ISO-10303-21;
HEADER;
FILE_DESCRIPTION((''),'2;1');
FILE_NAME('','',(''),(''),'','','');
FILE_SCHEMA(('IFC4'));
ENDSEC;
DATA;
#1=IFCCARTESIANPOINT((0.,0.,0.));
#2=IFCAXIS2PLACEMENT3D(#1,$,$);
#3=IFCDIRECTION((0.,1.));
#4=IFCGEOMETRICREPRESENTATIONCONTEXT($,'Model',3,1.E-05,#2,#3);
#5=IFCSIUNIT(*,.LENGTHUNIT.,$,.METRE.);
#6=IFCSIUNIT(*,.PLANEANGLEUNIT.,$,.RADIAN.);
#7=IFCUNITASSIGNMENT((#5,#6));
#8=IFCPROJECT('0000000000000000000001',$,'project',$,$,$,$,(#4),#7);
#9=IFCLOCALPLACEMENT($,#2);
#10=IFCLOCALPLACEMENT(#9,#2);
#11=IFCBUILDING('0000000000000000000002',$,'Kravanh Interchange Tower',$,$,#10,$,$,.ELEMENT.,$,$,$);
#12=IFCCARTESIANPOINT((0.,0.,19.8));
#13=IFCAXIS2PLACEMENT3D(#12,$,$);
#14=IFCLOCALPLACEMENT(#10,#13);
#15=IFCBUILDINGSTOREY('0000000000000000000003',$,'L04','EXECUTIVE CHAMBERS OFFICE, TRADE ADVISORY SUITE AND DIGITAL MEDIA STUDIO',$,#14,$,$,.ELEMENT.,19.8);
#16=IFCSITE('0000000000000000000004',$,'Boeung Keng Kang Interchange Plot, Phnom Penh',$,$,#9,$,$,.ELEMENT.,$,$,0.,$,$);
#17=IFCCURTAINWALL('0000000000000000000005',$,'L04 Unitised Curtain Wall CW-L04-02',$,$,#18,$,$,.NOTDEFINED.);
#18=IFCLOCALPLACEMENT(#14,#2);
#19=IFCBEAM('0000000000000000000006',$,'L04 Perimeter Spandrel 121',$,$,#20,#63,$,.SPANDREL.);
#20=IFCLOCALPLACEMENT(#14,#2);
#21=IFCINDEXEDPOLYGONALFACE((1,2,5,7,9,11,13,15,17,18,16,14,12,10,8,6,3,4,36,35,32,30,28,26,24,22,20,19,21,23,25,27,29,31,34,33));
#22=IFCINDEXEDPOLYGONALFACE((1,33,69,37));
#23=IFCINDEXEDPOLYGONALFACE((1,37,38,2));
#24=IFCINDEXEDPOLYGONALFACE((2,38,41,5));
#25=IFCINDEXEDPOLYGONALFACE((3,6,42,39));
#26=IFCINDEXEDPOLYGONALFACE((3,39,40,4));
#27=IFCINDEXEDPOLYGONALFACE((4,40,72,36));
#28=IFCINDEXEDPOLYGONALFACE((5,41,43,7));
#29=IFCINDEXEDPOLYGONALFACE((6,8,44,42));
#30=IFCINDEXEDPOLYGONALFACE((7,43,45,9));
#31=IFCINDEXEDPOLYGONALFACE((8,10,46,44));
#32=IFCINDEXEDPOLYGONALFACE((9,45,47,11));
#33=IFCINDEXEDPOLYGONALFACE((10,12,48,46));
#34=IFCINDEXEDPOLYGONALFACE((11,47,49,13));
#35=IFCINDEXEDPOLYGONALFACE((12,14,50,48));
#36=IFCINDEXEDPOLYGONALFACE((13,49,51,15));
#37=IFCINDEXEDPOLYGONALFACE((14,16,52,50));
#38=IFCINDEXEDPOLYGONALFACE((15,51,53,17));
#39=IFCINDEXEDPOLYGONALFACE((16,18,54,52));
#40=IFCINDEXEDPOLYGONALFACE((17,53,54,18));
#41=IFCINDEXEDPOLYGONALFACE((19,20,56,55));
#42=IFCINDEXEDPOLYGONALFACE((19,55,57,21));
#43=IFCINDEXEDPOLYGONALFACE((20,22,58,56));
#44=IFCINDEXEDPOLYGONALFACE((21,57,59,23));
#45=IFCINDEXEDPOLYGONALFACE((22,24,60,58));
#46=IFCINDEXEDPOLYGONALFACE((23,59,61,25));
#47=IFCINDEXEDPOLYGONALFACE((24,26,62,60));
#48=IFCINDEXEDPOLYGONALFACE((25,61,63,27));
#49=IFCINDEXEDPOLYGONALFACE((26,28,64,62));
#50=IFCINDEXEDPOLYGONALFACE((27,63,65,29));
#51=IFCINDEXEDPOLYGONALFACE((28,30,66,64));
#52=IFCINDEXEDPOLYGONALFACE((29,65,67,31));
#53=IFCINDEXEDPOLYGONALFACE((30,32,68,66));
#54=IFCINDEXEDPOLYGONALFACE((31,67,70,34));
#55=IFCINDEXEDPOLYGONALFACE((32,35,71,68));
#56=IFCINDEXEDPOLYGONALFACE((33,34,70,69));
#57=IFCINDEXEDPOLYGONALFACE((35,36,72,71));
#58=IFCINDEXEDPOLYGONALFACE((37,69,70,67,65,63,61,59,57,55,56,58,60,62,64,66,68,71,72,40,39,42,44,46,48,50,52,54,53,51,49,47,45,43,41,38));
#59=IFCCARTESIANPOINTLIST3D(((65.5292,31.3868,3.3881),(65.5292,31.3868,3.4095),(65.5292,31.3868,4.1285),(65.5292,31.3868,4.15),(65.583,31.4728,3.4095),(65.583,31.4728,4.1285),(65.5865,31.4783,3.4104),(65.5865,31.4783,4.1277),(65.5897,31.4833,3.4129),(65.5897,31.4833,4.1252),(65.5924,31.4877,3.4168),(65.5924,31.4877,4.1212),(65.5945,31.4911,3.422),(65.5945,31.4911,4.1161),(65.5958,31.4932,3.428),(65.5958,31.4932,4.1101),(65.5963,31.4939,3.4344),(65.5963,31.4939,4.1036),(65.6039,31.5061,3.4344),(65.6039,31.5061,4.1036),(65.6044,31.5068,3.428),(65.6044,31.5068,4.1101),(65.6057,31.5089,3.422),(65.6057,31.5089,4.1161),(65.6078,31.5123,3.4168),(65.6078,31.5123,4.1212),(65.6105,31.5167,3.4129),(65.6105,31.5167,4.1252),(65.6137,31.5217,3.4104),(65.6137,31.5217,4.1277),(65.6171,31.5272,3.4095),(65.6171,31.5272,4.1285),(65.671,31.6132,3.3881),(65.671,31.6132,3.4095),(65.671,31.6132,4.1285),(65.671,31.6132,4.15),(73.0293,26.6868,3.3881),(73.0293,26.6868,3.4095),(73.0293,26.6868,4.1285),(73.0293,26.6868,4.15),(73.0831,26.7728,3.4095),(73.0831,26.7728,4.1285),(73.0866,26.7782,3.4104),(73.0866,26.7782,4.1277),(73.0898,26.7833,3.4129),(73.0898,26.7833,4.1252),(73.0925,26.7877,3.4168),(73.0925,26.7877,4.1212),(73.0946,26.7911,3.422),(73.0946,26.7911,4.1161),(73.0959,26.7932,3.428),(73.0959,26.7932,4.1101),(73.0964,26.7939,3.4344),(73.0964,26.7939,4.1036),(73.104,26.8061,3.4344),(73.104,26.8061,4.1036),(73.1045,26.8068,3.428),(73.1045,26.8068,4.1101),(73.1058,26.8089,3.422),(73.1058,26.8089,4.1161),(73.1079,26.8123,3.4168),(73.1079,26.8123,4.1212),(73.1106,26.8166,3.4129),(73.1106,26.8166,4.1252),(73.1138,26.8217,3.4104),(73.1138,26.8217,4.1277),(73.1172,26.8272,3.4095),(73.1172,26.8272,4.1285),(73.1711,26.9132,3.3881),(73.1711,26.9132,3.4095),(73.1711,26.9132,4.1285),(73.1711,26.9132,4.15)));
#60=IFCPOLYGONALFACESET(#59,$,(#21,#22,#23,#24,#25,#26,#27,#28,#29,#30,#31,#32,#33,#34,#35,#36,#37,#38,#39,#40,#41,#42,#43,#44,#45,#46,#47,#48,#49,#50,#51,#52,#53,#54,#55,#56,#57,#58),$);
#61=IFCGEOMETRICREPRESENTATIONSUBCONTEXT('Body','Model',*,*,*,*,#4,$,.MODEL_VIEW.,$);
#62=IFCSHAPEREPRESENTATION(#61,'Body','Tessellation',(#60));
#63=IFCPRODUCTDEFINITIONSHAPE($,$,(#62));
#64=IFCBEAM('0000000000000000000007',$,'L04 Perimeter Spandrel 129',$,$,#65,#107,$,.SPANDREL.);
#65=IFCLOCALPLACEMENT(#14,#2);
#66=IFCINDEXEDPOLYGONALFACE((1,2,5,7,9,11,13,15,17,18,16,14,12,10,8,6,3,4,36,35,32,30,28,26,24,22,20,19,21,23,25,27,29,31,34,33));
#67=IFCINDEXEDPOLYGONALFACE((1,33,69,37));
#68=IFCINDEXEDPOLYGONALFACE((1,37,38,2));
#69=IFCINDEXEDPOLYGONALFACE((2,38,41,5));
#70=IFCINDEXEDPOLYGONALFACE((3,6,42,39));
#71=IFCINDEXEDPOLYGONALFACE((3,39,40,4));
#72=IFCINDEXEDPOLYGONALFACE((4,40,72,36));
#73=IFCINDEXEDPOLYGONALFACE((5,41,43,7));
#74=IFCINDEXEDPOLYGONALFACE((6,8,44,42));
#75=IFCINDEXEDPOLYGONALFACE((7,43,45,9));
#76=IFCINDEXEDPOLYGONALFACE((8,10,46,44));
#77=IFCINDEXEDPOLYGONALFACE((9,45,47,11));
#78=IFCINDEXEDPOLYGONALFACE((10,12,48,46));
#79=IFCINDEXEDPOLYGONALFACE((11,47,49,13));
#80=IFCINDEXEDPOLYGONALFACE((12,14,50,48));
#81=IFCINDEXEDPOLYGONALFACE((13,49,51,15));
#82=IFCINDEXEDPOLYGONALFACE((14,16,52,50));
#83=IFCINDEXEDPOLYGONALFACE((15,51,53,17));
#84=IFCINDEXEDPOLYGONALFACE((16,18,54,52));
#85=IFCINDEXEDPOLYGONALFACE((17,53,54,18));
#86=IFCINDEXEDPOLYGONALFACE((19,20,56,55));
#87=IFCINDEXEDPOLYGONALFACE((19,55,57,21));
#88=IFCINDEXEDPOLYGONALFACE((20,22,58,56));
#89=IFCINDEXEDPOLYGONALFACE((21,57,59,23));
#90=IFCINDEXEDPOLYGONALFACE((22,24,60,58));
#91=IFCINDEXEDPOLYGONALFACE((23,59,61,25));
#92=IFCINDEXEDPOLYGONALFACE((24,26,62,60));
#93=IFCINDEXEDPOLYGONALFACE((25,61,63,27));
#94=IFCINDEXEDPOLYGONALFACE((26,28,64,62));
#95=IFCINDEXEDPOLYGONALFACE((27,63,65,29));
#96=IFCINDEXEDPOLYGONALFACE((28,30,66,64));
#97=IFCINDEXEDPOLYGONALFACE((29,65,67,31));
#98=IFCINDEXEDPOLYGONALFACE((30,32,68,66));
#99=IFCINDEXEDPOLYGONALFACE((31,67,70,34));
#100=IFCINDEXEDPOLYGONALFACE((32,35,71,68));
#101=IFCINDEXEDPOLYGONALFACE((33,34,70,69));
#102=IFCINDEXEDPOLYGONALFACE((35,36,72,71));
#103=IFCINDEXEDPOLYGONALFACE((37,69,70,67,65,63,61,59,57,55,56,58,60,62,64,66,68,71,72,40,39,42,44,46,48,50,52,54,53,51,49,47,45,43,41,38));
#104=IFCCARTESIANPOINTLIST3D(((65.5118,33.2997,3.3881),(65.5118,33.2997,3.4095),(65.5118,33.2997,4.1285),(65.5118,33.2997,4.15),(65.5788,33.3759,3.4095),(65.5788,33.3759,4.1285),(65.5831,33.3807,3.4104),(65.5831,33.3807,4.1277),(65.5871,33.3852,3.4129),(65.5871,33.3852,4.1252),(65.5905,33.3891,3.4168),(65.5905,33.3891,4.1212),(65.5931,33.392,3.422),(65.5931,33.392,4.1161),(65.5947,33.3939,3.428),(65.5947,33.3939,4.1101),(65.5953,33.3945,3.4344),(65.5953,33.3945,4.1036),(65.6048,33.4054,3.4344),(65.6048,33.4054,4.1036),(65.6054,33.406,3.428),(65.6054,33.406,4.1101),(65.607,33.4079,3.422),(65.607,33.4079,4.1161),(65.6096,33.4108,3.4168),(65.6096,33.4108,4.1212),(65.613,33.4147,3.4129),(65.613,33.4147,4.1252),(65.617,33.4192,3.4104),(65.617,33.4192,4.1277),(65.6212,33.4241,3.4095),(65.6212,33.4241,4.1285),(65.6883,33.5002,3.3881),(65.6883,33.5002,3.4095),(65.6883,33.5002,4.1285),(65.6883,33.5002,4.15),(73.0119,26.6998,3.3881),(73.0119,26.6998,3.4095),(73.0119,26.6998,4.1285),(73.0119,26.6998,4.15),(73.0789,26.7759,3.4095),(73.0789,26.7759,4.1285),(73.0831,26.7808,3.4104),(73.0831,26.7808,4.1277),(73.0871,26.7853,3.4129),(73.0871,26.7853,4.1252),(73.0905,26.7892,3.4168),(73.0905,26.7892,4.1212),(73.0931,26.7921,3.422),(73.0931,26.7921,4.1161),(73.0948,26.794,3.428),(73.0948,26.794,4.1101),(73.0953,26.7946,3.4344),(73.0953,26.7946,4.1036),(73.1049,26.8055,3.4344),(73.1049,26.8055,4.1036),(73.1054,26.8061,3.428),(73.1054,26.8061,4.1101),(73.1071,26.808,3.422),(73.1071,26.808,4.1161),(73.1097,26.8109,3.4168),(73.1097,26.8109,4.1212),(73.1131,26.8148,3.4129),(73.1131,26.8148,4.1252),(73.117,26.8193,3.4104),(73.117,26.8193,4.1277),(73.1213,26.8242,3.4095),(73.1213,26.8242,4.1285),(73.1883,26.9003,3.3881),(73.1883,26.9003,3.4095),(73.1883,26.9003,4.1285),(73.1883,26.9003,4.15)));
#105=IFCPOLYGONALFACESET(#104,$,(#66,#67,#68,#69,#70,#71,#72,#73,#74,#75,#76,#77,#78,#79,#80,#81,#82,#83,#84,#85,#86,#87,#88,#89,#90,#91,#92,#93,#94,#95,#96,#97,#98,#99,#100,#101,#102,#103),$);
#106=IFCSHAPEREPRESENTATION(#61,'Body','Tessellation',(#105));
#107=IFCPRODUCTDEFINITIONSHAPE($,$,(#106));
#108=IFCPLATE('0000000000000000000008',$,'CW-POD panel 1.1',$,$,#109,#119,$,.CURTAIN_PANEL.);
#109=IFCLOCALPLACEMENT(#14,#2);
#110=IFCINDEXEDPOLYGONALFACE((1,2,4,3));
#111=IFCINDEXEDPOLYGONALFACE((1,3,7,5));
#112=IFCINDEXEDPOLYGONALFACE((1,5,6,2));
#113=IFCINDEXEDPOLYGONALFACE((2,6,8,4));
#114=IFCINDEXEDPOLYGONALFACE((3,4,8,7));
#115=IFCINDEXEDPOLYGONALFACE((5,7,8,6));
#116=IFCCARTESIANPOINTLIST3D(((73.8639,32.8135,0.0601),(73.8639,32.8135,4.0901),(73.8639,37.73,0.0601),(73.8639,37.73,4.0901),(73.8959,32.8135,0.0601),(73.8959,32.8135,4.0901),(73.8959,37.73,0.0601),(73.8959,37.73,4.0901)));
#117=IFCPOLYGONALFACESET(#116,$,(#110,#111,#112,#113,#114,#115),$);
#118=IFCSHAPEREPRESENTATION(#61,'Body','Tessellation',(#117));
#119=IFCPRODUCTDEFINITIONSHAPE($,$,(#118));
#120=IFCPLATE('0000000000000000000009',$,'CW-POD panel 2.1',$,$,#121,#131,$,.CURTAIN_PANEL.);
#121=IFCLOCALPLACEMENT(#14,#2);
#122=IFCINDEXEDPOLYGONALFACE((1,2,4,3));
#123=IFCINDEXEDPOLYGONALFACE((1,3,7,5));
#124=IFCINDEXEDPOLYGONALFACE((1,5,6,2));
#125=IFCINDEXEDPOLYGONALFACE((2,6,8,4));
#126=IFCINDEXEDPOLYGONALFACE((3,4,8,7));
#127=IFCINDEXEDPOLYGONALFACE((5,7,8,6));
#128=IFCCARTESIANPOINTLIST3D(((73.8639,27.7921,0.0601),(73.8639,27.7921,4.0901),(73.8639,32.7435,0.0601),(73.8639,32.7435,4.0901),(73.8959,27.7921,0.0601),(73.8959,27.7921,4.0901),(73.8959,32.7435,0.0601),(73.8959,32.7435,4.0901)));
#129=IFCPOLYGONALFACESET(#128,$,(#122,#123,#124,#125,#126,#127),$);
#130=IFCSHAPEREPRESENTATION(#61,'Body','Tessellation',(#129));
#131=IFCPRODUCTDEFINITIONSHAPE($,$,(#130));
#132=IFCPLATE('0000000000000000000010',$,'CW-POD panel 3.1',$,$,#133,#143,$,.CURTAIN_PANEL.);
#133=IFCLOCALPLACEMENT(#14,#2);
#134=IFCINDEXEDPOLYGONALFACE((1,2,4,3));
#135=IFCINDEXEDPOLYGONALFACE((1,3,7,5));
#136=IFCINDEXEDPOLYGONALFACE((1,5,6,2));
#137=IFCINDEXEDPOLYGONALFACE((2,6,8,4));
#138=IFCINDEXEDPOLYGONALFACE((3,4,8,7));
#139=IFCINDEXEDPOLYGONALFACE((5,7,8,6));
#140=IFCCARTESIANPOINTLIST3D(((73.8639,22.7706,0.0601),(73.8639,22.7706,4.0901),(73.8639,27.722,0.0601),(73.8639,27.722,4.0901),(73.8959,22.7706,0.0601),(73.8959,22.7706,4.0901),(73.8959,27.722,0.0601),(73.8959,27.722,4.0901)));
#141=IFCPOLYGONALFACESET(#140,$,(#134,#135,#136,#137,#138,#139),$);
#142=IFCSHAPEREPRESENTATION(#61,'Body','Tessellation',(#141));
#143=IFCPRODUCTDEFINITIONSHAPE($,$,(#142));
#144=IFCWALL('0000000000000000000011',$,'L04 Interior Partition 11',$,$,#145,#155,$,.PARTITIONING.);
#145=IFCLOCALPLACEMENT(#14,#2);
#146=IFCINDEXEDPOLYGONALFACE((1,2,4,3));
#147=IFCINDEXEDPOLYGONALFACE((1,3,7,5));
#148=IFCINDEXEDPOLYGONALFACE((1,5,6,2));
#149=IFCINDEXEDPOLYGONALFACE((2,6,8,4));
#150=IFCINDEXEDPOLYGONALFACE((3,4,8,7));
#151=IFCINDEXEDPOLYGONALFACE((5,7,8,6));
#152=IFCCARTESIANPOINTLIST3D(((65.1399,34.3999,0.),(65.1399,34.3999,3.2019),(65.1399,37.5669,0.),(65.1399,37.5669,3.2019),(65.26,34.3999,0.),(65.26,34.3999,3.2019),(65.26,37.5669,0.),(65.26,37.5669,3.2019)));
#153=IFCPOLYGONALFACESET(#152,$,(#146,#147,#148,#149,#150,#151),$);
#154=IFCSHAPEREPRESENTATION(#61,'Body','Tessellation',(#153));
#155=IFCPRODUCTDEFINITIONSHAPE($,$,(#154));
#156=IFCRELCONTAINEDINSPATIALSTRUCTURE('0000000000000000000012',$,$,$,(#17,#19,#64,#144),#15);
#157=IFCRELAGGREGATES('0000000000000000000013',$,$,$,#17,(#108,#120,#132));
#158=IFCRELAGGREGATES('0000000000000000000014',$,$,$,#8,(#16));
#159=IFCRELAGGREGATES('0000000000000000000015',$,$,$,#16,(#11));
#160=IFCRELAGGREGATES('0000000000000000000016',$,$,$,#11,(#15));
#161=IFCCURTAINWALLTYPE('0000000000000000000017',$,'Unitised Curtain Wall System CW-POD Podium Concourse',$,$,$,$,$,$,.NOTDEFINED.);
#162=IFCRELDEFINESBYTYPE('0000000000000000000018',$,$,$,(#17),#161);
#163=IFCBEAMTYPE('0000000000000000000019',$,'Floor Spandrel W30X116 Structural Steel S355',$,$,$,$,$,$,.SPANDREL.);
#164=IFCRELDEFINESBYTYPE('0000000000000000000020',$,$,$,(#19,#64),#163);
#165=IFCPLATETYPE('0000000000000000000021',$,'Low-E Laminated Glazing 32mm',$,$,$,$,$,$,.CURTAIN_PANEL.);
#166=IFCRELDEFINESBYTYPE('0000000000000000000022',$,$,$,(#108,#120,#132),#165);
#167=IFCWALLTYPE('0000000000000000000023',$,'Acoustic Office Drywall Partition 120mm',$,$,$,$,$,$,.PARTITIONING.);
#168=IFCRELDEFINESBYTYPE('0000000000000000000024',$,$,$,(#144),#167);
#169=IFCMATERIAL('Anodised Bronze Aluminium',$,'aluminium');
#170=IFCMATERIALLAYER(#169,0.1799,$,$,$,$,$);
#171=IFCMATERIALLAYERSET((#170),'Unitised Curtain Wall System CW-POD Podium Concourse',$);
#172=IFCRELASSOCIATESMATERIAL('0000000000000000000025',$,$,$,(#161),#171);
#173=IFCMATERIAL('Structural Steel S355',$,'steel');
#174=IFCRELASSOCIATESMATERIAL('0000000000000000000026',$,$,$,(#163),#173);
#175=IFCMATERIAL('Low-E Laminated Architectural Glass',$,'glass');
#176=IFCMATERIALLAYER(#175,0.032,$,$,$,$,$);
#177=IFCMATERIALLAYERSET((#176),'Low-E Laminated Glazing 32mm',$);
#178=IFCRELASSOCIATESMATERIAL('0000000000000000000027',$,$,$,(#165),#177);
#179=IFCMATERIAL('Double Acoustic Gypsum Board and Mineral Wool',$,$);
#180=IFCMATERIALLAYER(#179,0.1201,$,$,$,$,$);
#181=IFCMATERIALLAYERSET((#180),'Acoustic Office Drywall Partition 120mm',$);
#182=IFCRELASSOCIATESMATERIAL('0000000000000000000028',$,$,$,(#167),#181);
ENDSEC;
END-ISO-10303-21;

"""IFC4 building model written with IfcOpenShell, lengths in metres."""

from ifc_helpers import new_model, si_unit, direction, frame, frame_2d, origin, origin_2d, place, context, subcontext, project, spatial, rectangle, i_section, extrude, material, layer, layer_set, material_profile, profile_set, type_object, element, aggregate, save


model = new_model("IFC4")

# Units and contexts
model_context = context("Model", 3, precision=1e-05, world=origin(), true_north=direction((0.0, 1.0)))
body_context = subcontext(model_context, "Body", "Model", "MODEL_VIEW")
ifc_project = project(units=[si_unit("LENGTHUNIT", "METRE"), si_unit("PLANEANGLEUNIT", "RADIAN")], contexts=[model_context])

# Site, building, storey
site_placement = place(None, origin())
site = spatial("IfcSite", under=ifc_project, at=site_placement, Name="Boeung Keng Kang Interchange Plot, Phnom Penh", CompositionType="ELEMENT", RefElevation=0.0)
building_placement = place(site_placement, origin())
building = spatial("IfcBuilding", under=site, at=building_placement, Name="Kravanh Interchange Tower", CompositionType="ELEMENT")
storey_placement = place(building_placement, frame((0.0, 0.0, 19.8)))
storey = spatial("IfcBuildingStorey", under=building, at=storey_placement, Name="L04", Description="EXECUTIVE CHAMBERS OFFICE, TRADE ADVISORY SUITE AND DIGITAL MEDIA STUDIO", CompositionType="ELEMENT", Elevation=19.8)

# Curtain wall
ifc_material_1 = material(Name="Anodised Bronze Aluminium", Category="aluminium")
ifc_layer_1 = layer(ifc_material_1, 0.1799)
ifc_layer_set_1 = layer_set([ifc_layer_1], Name="Unitised Curtain Wall System CW-POD Podium Concourse")
curtain_wall_type = type_object("IfcCurtainWallType", Name="Unitised Curtain Wall System CW-POD Podium Concourse", PredefinedType="NOTDEFINED", material=ifc_layer_set_1)
curtain_wall_placement = place(storey_placement, origin())
curtain_wall = element("IfcCurtainWall", 1, at=curtain_wall_placement, inside=storey, type_object=curtain_wall_type, Name="L04 Unitised Curtain Wall CW-L04-02", PredefinedType="NOTDEFINED")

# Beams
ifc_material_2 = material(Name="Structural Steel S355", Category="steel")
ifc_material_profile_1 = material_profile(ifc_material_2, i_section(OverallWidth=0.2671, OverallDepth=0.762, WebThickness=0.0144, FlangeThickness=0.0215, FilletRadius=0.0249, at=origin_2d()), Name="W30X116")
ifc_profile_set_1 = profile_set([ifc_material_profile_1], Name="Structural Steel S355")
beam_type_1 = type_object("IfcBeamType", Name="Floor Spandrel W30X116 Structural Steel S355", PredefinedType="SPANDREL", material=ifc_profile_set_1)
beam_1_placement = place(storey_placement, frame((65.6001, 31.5, 3.769), z_axis=(0.847365, -0.53101, 0.0), x_axis=(0.53101, 0.847365, 0.0)))
element("IfcBeam", 2, at=beam_1_placement, inside=storey, type_object=beam_type_1, Name="L04 Perimeter Spandrel 121", PredefinedType="SPANDREL", context=body_context, shape_type="SweptSolid", body=[
    extrude(i_section(OverallWidth=0.2671, OverallDepth=0.762, WebThickness=0.0144, FlangeThickness=0.0215, FilletRadius=0.0249, at=origin_2d()), origin(), (0.0, 0.0, 1.0), 8.8511),
])
beam_2_placement = place(storey_placement, frame((73.1001, 26.8, 3.769), z_axis=(-0.750721, 0.66062, 0.0), x_axis=(-0.66062, -0.750721, 0.0)))
element("IfcBeam", 3, at=beam_2_placement, inside=storey, type_object=beam_type_1, Name="L04 Perimeter Spandrel 129", PredefinedType="SPANDREL", context=body_context, shape_type="SweptSolid", body=[
    extrude(i_section(OverallWidth=0.2671, OverallDepth=0.762, WebThickness=0.0144, FlangeThickness=0.0215, FilletRadius=0.0249, at=origin_2d()), origin(), (0.0, 0.0, 1.0), 9.9905),
])

# Plates
ifc_material_3 = material(Name="Low-E Laminated Architectural Glass", Category="glass")
ifc_layer_2 = layer(ifc_material_3, 0.032)
ifc_layer_set_2 = layer_set([ifc_layer_2], Name="Low-E Laminated Glazing 32mm")
plate_type = type_object("IfcPlateType", Name="Low-E Laminated Glazing 32mm", PredefinedType="CURTAIN_PANEL", material=ifc_layer_set_2)
plate_1_placement = place(storey_placement, frame((73.8799, 35.2717, 0.0601), z_axis=(0.0, 0.0, 1.0), x_axis=(0.0, -1.0, 0.0)))
plate_1 = element("IfcPlate", 4, at=plate_1_placement, type_object=plate_type, Name="CW-POD panel 1.1", PredefinedType="CURTAIN_PANEL", context=body_context, shape_type="SweptSolid", body=[
    extrude(rectangle(XDim=4.9165, YDim=0.032, at=origin_2d()), origin(), (0.0, 0.0, 1.0), 4.03),
])
plate_2_placement = place(storey_placement, frame((73.8799, 30.2678, 0.0601), z_axis=(0.0, 0.0, 1.0), x_axis=(0.0, -1.0, 0.0)))
plate_2 = element("IfcPlate", 5, at=plate_2_placement, type_object=plate_type, Name="CW-POD panel 2.1", PredefinedType="CURTAIN_PANEL", context=body_context, shape_type="SweptSolid", body=[
    extrude(rectangle(XDim=4.9514, YDim=0.032, at=origin_2d()), origin(), (0.0, 0.0, 1.0), 4.03),
])
plate_3_placement = place(storey_placement, frame((73.8799, 25.2463, 0.0601), z_axis=(0.0, 0.0, 1.0), x_axis=(0.0, -1.0, 0.0)))
plate_3 = element("IfcPlate", 6, at=plate_3_placement, type_object=plate_type, Name="CW-POD panel 3.1", PredefinedType="CURTAIN_PANEL", context=body_context, shape_type="SweptSolid", body=[
    extrude(rectangle(XDim=4.9514, YDim=0.032, at=origin_2d()), origin(), (0.0, 0.0, 1.0), 4.03),
])
aggregate(curtain_wall, [plate_1, plate_2, plate_3])

# Wall
ifc_material_4 = material(Name="Double Acoustic Gypsum Board and Mineral Wool")
ifc_layer_3 = layer(ifc_material_4, 0.1201)
ifc_layer_set_3 = layer_set([ifc_layer_3], Name="Acoustic Office Drywall Partition 120mm")
wall_type = type_object("IfcWallType", Name="Acoustic Office Drywall Partition 120mm", PredefinedType="PARTITIONING", material=ifc_layer_set_3)
wall_placement = place(storey_placement, frame((65.2, 34.3999, 0.0), z_axis=(0.0, 0.0, 1.0), x_axis=(0.0, 1.0, 0.0)))
element("IfcWall", 7, at=wall_placement, inside=storey, type_object=wall_type, Name="L04 Interior Partition 11", PredefinedType="PARTITIONING", context=body_context, shape_type="SweptSolid", body=[
    extrude(rectangle(XDim=3.167, YDim=0.1201, at=frame_2d((1.5835, 0.0))), origin(), (0.0, 0.0, 1.0), 3.2019),
])

save(model, "model.ifc")
